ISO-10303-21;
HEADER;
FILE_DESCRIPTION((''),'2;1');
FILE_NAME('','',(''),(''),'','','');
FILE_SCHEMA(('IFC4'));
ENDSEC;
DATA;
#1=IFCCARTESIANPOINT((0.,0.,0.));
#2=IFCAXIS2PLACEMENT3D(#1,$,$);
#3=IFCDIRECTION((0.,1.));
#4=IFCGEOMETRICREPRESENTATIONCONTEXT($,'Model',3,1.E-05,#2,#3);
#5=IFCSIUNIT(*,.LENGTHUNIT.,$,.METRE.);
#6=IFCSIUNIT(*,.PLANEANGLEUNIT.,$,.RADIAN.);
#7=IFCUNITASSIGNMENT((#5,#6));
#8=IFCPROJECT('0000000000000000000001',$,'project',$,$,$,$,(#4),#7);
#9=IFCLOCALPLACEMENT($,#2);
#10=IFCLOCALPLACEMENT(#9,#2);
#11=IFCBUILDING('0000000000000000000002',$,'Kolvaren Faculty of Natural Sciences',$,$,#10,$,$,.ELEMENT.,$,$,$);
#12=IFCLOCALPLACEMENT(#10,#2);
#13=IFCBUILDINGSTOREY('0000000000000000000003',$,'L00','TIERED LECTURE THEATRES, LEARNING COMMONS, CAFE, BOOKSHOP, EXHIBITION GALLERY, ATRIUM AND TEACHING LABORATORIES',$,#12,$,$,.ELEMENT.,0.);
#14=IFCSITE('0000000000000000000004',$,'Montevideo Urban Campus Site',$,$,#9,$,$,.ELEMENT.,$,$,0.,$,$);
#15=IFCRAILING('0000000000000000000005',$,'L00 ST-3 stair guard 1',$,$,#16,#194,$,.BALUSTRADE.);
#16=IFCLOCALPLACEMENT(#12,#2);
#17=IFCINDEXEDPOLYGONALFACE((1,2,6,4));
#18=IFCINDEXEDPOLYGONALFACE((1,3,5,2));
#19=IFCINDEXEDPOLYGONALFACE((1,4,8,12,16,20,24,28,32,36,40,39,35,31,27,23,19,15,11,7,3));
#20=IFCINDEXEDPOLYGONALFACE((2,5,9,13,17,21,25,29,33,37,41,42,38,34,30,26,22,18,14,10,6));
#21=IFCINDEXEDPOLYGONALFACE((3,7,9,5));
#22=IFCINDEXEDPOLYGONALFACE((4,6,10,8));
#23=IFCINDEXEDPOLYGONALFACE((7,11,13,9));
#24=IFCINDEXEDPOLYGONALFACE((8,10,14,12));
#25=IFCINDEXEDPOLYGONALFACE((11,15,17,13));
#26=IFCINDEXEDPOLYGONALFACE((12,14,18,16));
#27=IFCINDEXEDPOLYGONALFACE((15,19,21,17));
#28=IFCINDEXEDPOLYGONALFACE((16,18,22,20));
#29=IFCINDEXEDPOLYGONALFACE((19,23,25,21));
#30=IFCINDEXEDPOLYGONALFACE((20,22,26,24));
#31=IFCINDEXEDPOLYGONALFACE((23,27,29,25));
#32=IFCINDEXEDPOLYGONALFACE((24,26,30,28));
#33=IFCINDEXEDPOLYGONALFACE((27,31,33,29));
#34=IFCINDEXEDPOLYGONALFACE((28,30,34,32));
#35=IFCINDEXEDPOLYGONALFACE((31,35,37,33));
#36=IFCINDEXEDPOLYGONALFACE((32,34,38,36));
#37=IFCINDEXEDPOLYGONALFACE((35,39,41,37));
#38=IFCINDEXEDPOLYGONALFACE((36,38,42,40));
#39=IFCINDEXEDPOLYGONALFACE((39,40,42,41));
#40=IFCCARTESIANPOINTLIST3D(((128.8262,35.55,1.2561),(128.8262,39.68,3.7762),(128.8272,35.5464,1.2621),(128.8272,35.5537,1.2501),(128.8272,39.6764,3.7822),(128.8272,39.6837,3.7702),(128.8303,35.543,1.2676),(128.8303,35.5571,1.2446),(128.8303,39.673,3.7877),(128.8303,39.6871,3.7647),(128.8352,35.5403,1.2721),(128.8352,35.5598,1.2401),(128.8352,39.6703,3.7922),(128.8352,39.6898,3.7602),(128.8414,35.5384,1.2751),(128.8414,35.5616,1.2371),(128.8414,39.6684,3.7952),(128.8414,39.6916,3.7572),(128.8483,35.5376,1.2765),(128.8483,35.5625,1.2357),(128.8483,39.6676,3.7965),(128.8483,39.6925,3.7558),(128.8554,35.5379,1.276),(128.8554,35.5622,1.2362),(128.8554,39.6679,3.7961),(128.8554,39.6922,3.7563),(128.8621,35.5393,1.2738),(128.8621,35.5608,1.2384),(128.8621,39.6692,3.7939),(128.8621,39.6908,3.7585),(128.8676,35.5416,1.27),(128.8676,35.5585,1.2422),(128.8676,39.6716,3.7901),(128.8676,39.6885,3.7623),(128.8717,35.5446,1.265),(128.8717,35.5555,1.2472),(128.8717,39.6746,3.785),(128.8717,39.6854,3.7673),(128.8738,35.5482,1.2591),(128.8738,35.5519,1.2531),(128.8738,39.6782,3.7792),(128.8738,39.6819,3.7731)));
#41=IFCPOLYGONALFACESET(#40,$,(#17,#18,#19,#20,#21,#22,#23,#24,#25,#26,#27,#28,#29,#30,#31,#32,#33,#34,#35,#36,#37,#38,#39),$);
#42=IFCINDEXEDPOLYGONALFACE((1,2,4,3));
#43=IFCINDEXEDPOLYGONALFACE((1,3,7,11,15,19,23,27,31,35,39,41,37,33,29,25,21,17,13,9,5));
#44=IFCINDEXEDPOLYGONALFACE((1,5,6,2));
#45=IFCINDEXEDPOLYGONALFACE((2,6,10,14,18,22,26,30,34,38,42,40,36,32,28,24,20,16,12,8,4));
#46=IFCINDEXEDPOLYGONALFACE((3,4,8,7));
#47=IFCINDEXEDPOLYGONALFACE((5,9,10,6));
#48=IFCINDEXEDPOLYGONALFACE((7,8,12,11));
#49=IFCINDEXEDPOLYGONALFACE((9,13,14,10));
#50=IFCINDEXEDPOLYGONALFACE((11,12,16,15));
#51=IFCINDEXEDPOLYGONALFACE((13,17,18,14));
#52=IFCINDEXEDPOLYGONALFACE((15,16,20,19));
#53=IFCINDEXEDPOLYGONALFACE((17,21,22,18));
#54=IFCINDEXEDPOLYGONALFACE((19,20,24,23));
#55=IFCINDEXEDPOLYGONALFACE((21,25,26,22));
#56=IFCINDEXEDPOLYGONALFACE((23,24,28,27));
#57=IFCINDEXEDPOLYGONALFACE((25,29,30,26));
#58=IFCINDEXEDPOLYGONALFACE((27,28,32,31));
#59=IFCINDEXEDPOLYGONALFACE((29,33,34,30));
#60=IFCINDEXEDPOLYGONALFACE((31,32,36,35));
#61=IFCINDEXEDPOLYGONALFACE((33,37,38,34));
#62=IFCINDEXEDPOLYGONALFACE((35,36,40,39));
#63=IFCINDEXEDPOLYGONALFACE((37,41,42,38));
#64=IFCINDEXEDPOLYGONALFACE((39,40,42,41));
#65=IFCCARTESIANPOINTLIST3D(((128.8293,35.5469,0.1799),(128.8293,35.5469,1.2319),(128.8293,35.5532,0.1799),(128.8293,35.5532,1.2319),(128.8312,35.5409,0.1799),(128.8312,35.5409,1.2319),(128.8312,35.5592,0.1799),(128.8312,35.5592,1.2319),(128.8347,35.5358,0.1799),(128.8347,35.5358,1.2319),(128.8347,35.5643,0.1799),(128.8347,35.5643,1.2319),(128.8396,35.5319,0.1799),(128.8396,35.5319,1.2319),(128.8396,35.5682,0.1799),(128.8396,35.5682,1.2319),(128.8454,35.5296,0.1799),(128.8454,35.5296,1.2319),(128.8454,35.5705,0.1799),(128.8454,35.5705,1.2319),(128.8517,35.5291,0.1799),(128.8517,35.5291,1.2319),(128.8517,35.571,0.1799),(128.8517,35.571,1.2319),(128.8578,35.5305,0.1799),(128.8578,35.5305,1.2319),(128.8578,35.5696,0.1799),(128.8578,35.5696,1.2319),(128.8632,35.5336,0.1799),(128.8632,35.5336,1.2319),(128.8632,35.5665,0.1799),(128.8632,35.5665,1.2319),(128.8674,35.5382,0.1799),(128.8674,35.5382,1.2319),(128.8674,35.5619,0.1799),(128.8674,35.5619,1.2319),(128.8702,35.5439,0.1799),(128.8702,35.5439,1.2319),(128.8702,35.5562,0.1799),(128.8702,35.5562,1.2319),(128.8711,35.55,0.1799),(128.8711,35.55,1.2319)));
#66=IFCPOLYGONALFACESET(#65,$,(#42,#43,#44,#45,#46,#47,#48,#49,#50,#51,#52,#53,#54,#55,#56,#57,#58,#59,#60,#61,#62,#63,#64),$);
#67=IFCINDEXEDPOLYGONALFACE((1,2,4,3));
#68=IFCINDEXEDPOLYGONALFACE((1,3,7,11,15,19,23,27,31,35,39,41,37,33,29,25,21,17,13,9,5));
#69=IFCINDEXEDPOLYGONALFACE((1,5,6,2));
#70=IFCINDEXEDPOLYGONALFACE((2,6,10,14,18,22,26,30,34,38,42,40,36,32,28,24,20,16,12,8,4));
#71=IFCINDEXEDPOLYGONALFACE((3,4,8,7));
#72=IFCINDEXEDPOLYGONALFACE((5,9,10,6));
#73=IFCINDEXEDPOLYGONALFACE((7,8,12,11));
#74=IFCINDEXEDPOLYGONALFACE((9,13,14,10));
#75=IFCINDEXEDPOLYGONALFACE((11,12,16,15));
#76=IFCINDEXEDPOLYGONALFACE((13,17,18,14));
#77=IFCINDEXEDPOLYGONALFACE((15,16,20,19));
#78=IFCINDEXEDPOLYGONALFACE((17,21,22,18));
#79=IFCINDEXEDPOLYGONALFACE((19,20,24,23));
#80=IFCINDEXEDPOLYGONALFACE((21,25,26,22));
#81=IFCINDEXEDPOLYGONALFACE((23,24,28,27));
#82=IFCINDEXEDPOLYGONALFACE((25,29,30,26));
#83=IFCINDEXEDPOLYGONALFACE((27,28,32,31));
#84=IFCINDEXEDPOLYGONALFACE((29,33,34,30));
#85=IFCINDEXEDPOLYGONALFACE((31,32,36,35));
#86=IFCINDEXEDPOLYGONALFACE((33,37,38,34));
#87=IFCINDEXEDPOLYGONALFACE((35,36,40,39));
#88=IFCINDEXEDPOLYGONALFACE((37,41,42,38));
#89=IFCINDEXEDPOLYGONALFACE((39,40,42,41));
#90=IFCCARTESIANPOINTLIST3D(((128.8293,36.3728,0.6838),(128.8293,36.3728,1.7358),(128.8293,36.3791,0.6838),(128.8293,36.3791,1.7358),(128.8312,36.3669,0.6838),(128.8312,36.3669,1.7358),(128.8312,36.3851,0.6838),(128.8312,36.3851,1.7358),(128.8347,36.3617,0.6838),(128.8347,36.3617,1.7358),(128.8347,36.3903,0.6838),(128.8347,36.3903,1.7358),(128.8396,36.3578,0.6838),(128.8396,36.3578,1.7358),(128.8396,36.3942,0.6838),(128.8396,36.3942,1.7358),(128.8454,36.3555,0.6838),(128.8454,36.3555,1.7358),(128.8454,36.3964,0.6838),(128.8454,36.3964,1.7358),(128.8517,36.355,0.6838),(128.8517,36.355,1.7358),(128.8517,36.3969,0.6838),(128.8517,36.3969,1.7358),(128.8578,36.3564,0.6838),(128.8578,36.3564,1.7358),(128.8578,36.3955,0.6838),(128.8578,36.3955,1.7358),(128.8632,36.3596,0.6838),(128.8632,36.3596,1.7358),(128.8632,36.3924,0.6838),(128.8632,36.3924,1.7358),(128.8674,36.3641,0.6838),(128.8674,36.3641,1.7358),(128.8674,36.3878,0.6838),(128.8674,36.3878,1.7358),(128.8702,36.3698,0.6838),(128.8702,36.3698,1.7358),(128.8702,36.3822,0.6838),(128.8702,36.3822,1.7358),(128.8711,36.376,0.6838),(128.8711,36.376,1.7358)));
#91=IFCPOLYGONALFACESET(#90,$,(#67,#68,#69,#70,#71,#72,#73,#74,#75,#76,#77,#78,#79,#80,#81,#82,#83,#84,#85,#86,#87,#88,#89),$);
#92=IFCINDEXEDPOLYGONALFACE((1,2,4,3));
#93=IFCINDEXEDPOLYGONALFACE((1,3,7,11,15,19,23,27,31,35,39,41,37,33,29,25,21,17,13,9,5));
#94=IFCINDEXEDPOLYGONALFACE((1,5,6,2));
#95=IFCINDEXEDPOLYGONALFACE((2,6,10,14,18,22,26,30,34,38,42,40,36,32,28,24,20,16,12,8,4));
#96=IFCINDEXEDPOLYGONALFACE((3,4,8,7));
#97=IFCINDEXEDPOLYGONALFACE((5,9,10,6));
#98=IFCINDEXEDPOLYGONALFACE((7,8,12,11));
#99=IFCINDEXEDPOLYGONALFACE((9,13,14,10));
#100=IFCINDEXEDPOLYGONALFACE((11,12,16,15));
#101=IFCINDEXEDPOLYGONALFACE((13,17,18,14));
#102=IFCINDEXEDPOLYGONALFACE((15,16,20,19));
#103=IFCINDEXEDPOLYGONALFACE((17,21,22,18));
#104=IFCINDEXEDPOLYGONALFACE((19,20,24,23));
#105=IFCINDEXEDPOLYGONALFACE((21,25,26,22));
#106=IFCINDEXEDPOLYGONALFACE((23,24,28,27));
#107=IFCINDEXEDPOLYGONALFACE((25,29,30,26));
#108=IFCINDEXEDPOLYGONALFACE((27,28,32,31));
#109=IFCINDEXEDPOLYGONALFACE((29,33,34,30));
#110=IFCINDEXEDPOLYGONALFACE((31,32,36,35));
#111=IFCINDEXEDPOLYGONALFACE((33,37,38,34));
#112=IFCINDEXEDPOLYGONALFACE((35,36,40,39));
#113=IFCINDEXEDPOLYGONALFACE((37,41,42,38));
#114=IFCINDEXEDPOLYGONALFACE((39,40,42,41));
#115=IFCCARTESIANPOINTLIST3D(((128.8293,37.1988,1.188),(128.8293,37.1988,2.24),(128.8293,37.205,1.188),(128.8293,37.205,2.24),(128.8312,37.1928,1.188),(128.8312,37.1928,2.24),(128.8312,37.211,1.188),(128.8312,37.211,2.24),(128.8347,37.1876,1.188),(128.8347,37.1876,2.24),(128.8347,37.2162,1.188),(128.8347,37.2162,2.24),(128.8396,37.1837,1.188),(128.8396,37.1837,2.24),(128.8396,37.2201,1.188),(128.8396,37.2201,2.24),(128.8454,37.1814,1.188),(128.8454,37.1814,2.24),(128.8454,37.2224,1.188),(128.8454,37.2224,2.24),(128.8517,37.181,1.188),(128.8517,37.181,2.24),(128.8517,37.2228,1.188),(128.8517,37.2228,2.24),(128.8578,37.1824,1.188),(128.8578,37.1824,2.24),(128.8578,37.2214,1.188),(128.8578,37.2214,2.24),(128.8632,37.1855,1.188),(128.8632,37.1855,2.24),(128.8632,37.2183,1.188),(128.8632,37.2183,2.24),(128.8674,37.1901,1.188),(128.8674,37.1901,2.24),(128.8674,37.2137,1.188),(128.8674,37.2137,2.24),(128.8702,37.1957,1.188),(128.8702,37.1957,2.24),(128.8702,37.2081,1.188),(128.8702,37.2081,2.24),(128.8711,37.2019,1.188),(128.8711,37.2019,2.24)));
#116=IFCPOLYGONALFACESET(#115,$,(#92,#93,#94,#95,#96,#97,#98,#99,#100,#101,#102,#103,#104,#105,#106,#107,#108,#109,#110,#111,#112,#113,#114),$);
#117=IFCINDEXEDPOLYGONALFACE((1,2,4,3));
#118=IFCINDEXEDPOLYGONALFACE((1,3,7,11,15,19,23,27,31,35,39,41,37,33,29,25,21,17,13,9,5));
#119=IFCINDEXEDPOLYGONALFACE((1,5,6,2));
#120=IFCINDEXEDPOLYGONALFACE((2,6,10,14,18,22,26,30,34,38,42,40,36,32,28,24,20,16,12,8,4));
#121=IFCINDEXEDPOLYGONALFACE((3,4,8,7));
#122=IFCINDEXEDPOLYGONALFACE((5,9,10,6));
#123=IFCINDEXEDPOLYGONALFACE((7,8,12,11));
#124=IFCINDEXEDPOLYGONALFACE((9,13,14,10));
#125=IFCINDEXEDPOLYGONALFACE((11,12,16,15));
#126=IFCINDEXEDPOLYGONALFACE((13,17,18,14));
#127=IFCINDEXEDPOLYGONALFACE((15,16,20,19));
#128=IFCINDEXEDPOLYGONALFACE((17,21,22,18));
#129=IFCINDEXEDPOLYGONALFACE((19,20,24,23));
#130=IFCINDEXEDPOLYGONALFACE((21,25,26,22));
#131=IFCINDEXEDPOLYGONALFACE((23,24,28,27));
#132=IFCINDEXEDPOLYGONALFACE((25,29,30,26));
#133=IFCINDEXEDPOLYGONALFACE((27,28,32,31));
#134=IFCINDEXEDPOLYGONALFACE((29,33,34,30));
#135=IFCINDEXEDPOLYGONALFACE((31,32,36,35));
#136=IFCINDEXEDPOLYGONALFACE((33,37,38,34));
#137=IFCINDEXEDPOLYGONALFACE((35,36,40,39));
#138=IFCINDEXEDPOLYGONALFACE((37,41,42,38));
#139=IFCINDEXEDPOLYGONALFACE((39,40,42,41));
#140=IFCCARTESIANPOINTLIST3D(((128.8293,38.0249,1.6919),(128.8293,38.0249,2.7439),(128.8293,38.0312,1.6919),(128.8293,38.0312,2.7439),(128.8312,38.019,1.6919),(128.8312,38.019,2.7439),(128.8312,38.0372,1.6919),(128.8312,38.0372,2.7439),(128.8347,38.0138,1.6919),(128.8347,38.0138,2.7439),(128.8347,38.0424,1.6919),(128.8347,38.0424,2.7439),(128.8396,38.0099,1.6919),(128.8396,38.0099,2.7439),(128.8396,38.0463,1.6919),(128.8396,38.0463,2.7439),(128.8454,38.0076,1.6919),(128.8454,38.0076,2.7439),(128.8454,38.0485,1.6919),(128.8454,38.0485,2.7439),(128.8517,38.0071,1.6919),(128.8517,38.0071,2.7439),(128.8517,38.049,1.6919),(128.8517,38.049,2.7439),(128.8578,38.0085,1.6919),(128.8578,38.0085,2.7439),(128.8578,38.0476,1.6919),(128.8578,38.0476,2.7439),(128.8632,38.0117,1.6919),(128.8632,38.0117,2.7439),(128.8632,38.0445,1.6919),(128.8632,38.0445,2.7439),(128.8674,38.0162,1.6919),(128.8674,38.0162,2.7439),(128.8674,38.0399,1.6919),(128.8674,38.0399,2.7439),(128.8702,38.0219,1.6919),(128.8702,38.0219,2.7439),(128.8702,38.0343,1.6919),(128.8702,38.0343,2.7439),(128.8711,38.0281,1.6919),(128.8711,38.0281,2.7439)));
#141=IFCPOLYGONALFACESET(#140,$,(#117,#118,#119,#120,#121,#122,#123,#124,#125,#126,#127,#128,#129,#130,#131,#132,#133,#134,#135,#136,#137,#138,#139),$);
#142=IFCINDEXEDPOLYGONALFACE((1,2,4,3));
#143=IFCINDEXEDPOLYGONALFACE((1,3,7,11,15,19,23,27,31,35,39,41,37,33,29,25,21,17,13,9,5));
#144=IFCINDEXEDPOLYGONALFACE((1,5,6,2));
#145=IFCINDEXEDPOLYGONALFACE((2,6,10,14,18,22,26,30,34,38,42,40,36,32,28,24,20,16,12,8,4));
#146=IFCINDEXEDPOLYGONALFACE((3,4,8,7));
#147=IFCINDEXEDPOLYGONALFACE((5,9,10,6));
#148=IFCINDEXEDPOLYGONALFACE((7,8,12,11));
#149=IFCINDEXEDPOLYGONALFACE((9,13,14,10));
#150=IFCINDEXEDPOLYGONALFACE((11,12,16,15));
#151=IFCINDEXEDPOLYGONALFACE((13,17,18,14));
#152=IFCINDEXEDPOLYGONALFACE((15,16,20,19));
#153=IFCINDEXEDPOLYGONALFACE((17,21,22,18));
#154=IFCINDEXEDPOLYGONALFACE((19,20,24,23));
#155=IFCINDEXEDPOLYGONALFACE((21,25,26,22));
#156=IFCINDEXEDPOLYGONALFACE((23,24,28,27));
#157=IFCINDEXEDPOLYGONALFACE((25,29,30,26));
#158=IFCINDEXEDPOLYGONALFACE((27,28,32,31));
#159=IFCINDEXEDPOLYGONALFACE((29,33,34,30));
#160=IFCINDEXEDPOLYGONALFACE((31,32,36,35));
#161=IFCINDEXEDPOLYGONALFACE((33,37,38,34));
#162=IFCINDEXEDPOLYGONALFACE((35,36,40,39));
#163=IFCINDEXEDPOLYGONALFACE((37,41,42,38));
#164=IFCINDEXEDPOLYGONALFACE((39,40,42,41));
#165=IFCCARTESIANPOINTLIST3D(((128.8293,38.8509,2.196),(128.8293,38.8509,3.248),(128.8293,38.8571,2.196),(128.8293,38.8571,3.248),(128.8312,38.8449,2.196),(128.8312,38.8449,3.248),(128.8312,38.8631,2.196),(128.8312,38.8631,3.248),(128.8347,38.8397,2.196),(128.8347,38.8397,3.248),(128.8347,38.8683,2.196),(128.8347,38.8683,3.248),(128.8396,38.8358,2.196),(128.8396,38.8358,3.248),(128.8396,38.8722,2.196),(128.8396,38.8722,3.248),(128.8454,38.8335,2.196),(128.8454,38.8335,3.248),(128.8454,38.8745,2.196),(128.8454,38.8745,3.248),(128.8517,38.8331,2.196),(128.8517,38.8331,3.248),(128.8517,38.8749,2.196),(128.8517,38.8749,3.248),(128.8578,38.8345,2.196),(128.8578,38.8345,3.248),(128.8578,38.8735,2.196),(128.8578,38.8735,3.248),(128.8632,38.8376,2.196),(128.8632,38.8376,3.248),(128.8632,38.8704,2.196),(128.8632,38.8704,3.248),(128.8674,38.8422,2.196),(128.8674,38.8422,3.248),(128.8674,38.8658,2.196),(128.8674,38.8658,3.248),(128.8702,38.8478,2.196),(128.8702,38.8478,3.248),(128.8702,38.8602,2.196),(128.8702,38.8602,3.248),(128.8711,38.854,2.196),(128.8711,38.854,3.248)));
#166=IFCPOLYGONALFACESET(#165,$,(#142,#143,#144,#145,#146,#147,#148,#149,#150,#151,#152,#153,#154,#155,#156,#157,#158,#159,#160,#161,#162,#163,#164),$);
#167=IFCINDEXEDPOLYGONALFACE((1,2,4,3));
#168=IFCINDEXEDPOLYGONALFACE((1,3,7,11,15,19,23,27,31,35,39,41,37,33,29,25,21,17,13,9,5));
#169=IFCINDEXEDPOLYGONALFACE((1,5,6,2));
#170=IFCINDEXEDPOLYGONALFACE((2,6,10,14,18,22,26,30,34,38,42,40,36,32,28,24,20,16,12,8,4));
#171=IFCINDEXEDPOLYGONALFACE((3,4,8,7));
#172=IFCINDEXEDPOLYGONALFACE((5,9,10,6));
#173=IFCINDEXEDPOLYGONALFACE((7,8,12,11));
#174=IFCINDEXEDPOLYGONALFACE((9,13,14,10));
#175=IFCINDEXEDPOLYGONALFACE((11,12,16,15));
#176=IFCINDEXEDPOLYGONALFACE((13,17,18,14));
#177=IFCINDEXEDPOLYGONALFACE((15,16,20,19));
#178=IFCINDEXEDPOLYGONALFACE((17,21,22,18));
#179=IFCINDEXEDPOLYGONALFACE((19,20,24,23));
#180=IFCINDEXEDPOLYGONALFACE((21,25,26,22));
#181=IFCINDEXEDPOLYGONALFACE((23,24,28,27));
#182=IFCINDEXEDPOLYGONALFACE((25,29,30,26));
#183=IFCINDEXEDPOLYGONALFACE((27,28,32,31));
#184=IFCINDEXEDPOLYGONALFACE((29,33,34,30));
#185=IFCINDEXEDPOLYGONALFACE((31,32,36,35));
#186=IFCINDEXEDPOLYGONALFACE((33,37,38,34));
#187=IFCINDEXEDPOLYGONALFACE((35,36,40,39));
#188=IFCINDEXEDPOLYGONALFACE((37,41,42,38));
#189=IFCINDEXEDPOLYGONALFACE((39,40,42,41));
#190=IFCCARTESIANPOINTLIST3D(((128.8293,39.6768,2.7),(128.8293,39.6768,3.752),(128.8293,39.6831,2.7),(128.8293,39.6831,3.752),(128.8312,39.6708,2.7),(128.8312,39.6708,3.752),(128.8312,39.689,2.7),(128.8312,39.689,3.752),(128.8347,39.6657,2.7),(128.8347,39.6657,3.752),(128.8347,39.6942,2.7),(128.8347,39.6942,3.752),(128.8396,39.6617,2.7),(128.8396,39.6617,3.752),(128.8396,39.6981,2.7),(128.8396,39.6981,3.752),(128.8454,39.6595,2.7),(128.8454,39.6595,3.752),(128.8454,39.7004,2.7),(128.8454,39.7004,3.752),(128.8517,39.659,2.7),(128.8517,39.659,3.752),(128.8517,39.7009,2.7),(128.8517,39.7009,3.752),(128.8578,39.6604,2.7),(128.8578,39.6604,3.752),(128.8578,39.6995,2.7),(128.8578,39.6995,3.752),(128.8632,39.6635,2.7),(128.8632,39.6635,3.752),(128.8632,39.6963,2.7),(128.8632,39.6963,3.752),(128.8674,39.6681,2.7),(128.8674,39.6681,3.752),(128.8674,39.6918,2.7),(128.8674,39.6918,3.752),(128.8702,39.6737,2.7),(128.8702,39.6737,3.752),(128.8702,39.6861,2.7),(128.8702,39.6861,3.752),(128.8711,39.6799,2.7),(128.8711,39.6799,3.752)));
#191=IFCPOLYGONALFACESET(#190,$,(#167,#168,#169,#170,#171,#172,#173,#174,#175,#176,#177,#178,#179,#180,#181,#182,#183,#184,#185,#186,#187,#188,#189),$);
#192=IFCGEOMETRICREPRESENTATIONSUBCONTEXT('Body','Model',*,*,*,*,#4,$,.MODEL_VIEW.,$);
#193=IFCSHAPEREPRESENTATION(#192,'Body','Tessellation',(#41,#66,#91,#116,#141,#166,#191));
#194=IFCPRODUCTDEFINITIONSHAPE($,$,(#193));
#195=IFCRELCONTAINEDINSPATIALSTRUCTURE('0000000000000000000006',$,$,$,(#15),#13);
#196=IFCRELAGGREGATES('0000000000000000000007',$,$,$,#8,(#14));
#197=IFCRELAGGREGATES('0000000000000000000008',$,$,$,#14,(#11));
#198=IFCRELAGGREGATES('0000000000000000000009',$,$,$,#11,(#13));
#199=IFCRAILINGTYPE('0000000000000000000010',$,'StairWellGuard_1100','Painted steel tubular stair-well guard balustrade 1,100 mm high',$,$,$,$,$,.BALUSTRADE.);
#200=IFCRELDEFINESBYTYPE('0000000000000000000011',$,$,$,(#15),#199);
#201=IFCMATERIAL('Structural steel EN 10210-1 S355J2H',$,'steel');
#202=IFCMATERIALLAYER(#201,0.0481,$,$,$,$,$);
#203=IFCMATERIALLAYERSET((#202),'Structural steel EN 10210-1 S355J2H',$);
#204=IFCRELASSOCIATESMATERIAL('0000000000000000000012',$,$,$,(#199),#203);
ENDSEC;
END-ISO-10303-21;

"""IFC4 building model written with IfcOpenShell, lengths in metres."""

from ifc_helpers import new_model, si_unit, direction, frame, origin, origin_2d, place, context, subcontext, project, spatial, circle, extrude, material, layer, layer_set, type_object, element, save


model = new_model("IFC4")

# Units and contexts
model_context = context("Model", 3, precision=1e-05, world=origin(), true_north=direction((0.0, 1.0)))
body_context = subcontext(model_context, "Body", "Model", "MODEL_VIEW")
ifc_project = project(units=[si_unit("LENGTHUNIT", "METRE"), si_unit("PLANEANGLEUNIT", "RADIAN")], contexts=[model_context])

# Site, building, storey
site_placement = place(None, origin())
site = spatial("IfcSite", under=ifc_project, at=site_placement, Name="Montevideo Urban Campus Site", CompositionType="ELEMENT", RefElevation=0.0)
building_placement = place(site_placement, origin())
building = spatial("IfcBuilding", under=site, at=building_placement, Name="Kolvaren Faculty of Natural Sciences", CompositionType="ELEMENT")
storey_placement = place(building_placement, origin())
storey = spatial("IfcBuildingStorey", under=building, at=storey_placement, Name="L00", Description="TIERED LECTURE THEATRES, LEARNING COMMONS, CAFE, BOOKSHOP, EXHIBITION GALLERY, ATRIUM AND TEACHING LABORATORIES", CompositionType="ELEMENT", Elevation=0.0)

# Railing
ifc_material_1 = material(Name="Structural steel EN 10210-1 S355J2H", Category="steel")
ifc_layer_1 = layer(ifc_material_1, 0.0481)
ifc_layer_set_1 = layer_set([ifc_layer_1], Name="Structural steel EN 10210-1 S355J2H")
railing_type_1 = type_object("IfcRailingType", Name="StairWellGuard_1100", Description="Painted steel tubular stair-well guard balustrade 1,100 mm high", PredefinedType="BALUSTRADE", material=ifc_layer_set_1)
railing_1_placement = place(storey_placement, frame((128.8501, 35.55, 0.1799)))
element("IfcRailing", 1, at=railing_1_placement, inside=storey, type_object=railing_type_1, Name="L00 ST-3 stair guard 1", PredefinedType="BALUSTRADE", context=body_context, shape_type="SweptSolid", body=[
    extrude(circle(Radius=0.0239, at=origin_2d()), frame((0.0, 0.0, 1.0762), z_axis=(0.0, 0.853631, 0.520878), x_axis=(-1.0, 0.0, 0.0)), (0.0, 0.0, 1.0), 4.8381),
    extrude(circle(Radius=0.021, at=origin_2d()), origin(), (0.0, 0.0, 1.0), 1.052),
    extrude(circle(Radius=0.021, at=origin_2d()), frame((0.0, 0.8259, 0.5039)), (0.0, 0.0, 1.0), 1.052),
    extrude(circle(Radius=0.021, at=origin_2d()), frame((0.0, 1.6519, 1.0081)), (0.0, 0.0, 1.0), 1.052),
    extrude(circle(Radius=0.021, at=origin_2d()), frame((0.0, 2.478, 1.512)), (0.0, 0.0, 1.0), 1.052),
    extrude(circle(Radius=0.021, at=origin_2d()), frame((0.0, 3.304, 2.0161)), (0.0, 0.0, 1.0), 1.052),
    extrude(circle(Radius=0.021, at=origin_2d()), frame((0.0, 4.1299, 2.52)), (0.0, 0.0, 1.0), 1.052),
])

save(model, "model.ifc")
